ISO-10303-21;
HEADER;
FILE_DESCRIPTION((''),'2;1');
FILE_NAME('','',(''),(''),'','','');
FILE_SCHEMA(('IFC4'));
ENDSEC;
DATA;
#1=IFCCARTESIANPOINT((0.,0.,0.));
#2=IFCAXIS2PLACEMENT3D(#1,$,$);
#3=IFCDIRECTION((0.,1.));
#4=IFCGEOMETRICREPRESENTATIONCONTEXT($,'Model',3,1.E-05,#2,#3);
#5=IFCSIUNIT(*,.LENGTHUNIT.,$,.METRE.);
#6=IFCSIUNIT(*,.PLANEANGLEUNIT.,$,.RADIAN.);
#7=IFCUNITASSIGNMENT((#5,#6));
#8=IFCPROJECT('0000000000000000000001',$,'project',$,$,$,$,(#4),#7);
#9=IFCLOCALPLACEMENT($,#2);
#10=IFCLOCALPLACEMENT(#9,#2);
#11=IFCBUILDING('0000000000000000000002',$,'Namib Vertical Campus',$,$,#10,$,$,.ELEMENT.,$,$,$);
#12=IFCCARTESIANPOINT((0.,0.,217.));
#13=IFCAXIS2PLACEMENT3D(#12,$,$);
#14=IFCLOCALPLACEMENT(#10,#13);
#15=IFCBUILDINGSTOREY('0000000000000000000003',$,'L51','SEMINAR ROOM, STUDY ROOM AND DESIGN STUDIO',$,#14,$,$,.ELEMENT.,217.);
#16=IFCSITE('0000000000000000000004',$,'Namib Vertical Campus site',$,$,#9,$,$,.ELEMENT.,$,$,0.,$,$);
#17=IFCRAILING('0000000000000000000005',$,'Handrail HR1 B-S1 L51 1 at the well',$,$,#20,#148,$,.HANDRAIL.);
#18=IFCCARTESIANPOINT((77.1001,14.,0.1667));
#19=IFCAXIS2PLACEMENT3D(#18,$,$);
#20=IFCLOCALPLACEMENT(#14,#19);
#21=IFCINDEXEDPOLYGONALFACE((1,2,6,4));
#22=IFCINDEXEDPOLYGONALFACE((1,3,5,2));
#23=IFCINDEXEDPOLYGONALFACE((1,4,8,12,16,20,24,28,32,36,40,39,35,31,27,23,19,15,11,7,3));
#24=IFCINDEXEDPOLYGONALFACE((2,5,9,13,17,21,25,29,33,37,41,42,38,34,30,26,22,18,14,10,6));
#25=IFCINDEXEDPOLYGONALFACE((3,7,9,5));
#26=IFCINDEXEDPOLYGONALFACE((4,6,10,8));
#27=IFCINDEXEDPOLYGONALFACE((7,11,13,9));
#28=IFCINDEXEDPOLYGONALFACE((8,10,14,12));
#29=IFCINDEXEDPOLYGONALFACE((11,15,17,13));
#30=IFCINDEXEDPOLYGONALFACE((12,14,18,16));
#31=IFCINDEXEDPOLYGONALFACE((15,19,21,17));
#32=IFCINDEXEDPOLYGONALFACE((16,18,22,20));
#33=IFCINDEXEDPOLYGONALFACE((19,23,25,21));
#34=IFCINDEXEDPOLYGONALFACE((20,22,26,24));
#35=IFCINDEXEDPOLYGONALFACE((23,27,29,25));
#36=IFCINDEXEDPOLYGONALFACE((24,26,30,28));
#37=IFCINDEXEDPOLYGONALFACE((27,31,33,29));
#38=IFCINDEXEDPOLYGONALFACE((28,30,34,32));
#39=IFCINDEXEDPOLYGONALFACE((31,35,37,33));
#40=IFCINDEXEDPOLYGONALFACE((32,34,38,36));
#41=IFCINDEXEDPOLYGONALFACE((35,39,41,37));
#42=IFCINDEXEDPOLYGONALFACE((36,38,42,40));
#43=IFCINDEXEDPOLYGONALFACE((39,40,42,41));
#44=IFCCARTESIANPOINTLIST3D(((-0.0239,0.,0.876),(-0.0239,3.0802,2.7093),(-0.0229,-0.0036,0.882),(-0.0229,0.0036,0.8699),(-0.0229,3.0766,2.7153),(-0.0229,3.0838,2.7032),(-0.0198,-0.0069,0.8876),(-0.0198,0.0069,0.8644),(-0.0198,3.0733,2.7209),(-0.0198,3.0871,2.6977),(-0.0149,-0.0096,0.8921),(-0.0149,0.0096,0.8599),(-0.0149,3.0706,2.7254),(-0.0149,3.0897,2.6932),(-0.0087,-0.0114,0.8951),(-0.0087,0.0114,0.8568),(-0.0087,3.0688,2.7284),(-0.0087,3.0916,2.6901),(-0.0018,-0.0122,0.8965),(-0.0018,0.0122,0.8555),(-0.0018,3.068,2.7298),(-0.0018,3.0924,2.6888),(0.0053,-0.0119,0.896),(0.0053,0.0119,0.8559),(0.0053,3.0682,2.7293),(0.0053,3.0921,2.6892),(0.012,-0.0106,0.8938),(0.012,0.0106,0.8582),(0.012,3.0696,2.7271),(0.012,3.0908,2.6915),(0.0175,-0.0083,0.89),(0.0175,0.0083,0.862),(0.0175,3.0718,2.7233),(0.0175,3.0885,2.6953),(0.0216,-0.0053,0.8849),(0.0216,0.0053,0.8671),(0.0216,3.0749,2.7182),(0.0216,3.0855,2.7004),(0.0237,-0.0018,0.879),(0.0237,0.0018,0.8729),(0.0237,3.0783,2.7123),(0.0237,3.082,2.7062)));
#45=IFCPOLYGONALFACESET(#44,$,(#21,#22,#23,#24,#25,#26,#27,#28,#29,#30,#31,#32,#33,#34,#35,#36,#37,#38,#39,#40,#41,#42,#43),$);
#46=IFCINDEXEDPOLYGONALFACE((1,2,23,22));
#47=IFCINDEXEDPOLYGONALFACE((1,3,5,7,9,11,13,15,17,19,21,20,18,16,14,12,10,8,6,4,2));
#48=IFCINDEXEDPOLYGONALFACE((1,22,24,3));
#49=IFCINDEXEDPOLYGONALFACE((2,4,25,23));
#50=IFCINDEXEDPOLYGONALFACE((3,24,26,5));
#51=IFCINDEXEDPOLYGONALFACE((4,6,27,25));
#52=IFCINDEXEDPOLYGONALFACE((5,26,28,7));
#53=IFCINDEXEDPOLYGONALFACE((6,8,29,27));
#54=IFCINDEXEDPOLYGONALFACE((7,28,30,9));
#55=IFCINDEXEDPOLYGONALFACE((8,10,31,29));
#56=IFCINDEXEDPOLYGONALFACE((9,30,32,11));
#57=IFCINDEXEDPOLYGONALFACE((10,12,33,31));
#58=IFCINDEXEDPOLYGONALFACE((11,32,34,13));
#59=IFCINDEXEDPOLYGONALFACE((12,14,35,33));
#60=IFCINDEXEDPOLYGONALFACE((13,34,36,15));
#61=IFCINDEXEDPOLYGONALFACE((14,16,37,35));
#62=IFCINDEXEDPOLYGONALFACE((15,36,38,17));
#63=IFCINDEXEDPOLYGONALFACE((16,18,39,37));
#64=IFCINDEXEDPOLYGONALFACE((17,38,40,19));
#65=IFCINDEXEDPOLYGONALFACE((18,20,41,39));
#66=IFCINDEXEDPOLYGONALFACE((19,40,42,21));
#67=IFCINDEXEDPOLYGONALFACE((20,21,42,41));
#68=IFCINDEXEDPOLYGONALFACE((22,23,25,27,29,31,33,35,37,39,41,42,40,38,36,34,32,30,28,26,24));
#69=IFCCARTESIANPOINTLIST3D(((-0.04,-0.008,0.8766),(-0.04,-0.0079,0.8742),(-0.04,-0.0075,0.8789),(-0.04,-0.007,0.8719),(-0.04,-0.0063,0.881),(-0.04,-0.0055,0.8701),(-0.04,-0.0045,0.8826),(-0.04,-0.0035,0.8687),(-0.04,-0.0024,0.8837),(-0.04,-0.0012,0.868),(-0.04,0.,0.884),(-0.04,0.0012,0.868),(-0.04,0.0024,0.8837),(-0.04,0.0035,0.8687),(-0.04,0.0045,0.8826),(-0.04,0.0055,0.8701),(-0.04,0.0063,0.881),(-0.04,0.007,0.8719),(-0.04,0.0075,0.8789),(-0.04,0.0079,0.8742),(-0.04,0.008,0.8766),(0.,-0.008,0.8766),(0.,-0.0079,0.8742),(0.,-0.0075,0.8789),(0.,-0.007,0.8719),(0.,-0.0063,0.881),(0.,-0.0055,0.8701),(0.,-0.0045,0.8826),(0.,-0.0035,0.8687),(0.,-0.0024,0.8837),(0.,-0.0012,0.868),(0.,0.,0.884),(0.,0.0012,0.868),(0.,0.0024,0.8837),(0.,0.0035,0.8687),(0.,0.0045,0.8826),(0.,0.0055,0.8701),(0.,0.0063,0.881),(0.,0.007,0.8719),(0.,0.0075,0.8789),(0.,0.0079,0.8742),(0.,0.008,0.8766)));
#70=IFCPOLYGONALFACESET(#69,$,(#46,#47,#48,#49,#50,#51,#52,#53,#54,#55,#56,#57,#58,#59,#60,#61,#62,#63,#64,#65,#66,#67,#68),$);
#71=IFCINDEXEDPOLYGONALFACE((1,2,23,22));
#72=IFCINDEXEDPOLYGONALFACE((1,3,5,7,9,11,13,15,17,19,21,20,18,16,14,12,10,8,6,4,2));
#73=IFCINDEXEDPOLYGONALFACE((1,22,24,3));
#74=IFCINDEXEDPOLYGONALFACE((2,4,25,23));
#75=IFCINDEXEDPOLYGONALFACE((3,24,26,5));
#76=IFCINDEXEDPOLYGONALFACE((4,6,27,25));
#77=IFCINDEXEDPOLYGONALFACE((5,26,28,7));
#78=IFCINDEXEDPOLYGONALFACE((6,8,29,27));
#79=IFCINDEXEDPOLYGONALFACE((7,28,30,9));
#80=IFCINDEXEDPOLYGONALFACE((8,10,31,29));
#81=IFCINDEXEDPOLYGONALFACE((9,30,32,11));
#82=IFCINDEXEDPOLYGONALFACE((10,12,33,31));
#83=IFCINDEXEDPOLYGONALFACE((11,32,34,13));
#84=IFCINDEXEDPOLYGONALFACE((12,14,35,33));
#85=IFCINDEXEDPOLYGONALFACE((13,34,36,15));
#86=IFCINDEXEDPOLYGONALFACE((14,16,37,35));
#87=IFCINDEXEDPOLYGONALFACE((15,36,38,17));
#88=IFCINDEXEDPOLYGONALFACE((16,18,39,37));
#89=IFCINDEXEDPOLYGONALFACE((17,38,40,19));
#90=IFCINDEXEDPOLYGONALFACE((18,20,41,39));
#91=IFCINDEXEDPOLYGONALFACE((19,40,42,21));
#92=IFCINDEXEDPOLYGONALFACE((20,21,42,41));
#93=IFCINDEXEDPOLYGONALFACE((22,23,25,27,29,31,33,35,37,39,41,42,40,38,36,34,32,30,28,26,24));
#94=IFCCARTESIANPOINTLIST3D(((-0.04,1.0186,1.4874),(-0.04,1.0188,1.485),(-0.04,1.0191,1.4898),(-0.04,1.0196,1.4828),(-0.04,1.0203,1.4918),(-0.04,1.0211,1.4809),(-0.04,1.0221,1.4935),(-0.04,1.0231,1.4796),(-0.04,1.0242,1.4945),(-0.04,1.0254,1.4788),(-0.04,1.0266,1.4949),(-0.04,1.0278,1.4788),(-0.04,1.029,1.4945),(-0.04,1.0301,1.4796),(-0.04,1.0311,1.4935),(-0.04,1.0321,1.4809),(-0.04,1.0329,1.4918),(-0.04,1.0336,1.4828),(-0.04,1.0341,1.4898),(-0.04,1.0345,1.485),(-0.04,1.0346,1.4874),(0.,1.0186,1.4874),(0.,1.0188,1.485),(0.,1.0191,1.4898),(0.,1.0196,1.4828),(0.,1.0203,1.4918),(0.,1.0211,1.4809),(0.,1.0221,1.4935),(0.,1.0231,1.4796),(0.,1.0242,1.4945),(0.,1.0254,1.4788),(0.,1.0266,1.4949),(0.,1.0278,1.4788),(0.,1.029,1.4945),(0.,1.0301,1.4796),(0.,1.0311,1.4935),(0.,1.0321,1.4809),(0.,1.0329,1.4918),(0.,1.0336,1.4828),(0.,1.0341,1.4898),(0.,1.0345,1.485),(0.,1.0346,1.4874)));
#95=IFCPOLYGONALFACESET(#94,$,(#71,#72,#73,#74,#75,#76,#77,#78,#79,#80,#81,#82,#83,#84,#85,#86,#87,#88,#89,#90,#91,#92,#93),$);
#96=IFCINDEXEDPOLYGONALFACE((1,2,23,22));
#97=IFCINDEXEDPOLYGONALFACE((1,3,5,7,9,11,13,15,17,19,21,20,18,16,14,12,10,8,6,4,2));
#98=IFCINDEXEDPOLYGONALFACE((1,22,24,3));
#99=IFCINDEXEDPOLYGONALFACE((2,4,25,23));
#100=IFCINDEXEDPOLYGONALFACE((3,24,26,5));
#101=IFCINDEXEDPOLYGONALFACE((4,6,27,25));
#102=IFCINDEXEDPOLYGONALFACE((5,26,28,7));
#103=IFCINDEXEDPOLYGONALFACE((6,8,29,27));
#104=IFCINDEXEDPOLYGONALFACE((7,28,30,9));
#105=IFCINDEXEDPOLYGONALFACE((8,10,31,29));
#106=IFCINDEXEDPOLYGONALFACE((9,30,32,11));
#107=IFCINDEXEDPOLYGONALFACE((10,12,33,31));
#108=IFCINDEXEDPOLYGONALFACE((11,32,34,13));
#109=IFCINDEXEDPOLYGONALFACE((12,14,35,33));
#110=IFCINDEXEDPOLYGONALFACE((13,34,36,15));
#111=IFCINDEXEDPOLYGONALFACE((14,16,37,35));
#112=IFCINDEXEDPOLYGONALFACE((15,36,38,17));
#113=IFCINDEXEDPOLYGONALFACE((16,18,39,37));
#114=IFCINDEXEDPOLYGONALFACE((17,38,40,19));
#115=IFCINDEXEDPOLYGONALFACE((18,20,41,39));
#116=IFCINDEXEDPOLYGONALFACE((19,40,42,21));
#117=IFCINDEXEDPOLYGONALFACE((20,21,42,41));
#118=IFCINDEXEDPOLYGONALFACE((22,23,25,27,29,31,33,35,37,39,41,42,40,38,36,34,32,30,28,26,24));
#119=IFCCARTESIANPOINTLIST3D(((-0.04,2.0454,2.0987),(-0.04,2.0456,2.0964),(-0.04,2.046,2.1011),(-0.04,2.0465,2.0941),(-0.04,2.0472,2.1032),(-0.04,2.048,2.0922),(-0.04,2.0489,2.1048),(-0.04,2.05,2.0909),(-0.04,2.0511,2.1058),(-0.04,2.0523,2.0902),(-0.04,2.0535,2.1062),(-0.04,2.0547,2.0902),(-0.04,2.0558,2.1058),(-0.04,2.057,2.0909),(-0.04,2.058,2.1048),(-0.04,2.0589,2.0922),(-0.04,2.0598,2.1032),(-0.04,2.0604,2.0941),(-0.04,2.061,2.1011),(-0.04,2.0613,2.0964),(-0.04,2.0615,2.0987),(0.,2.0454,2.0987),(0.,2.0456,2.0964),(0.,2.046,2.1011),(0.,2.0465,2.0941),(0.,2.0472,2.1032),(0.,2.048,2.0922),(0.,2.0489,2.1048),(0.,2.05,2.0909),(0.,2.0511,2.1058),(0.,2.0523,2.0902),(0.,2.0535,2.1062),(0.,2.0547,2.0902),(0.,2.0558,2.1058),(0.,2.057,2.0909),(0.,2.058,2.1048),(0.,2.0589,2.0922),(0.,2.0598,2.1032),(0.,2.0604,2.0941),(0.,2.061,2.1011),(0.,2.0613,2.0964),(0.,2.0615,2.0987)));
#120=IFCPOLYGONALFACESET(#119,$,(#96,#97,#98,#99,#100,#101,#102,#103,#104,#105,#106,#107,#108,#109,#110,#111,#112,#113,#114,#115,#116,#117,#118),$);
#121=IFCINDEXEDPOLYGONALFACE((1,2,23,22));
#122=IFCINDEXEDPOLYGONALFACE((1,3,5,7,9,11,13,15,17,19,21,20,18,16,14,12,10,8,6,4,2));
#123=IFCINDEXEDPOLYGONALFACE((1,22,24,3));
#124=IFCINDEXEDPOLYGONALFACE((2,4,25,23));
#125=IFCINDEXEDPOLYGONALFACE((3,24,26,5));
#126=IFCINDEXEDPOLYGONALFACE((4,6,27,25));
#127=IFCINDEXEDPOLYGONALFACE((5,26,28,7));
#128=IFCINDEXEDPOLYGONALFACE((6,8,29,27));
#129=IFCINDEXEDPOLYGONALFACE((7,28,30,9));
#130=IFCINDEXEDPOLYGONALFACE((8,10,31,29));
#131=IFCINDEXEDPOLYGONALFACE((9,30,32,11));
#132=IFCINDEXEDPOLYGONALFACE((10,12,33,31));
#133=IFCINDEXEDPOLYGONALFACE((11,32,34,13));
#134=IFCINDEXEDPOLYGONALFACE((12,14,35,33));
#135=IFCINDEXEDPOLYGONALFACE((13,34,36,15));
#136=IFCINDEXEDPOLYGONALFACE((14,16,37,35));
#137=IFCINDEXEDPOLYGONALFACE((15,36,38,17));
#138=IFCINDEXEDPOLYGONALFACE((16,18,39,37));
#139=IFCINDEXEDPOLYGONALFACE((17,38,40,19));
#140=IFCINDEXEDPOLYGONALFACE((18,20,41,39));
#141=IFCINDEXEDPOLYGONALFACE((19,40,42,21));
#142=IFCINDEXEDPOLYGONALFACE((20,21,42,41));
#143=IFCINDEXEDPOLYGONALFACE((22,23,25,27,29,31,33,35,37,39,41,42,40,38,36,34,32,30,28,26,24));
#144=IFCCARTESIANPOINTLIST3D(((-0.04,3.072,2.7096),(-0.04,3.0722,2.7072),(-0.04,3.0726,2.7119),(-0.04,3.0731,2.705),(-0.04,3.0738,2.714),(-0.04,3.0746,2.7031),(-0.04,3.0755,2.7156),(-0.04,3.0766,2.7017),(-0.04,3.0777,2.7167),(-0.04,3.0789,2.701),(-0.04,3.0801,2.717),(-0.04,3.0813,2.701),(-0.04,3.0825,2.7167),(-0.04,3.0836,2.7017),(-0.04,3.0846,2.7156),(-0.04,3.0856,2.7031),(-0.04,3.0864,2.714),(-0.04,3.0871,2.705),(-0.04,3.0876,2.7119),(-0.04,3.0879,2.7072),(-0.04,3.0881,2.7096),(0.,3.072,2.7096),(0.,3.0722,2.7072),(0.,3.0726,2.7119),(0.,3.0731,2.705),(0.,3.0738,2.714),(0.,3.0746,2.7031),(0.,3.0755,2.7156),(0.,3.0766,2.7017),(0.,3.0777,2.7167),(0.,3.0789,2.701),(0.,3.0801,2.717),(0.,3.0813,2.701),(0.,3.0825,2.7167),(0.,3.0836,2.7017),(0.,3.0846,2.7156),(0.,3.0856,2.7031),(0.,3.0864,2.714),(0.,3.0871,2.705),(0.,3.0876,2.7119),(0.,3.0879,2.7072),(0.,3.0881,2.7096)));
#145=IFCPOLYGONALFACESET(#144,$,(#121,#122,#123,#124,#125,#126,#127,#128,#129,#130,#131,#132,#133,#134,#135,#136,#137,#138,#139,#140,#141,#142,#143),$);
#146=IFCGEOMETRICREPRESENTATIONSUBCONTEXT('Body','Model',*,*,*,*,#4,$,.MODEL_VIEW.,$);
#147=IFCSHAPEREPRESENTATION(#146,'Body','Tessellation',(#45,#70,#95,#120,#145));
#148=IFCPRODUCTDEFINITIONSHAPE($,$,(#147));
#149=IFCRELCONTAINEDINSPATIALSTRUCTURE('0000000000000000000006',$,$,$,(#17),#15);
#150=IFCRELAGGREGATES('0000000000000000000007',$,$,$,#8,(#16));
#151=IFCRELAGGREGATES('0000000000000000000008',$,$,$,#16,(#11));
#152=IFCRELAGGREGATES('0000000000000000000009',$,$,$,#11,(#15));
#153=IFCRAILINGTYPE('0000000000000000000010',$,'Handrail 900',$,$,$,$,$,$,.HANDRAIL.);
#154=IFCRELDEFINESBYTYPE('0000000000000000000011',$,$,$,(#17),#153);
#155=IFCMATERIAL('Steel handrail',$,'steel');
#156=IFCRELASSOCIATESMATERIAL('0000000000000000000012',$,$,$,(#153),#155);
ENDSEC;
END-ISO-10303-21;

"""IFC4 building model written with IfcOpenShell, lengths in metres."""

from ifc_helpers import new_model, si_unit, direction, frame, origin, origin_2d, place, context, subcontext, project, spatial, circle, extrude, material, type_object, element, save


model = new_model("IFC4")

# Units and contexts
model_context = context("Model", 3, precision=1e-05, world=origin(), true_north=direction((0.0, 1.0)))
body_context = subcontext(model_context, "Body", "Model", "MODEL_VIEW")
ifc_project = project(units=[si_unit("LENGTHUNIT", "METRE"), si_unit("PLANEANGLEUNIT", "RADIAN")], contexts=[model_context])

# Site, building, storey
site_placement = place(None, origin())
site = spatial("IfcSite", under=ifc_project, at=site_placement, Name="Namib Vertical Campus site", CompositionType="ELEMENT", RefElevation=0.0)
building_placement = place(site_placement, origin())
building = spatial("IfcBuilding", under=site, at=building_placement, Name="Namib Vertical Campus", CompositionType="ELEMENT")
storey_placement = place(building_placement, frame((0.0, 0.0, 217.0)))
storey = spatial("IfcBuildingStorey", under=building, at=storey_placement, Name="L51", Description="SEMINAR ROOM, STUDY ROOM AND DESIGN STUDIO", CompositionType="ELEMENT", Elevation=217.0)

# Railing
ifc_material_1 = material(Name="Steel handrail", Category="steel")
railing_type_1 = type_object("IfcRailingType", Name="Handrail 900", PredefinedType="HANDRAIL", material=ifc_material_1)
railing_1_placement = place(storey_placement, frame((77.1001, 14.0, 0.1667)))
element("IfcRailing", 1, at=railing_1_placement, inside=storey, type_object=railing_type_1, Name="Handrail HR1 B-S1 L51 1 at the well", PredefinedType="HANDRAIL", context=body_context, shape_type="SweptSolid", body=[
    extrude(circle(Radius=0.0239, at=origin_2d()), frame((0.0, 0.0, 0.876), z_axis=(0.0, 0.859309, 0.511458), x_axis=(-1.0, 0.0, 0.0)), (0.0, 0.0, 1.0), 3.5845),
    extrude(circle(Radius=0.0081, at=origin_2d()), frame((0.0, 0.0, 0.876), z_axis=(-1.0, 0.0, 0.0), x_axis=(0.0, 0.0, 1.0)), (0.0, 0.0, 1.0), 0.04),
    extrude(circle(Radius=0.0081, at=origin_2d()), frame((0.0, 1.0266, 1.4868), z_axis=(-1.0, 0.0, 0.0), x_axis=(0.0, 0.0, 1.0)), (0.0, 0.0, 1.0), 0.04),
    extrude(circle(Radius=0.0081, at=origin_2d()), frame((0.0, 2.0535, 2.0981), z_axis=(-1.0, 0.0, 0.0), x_axis=(0.0, 0.0, 1.0)), (0.0, 0.0, 1.0), 0.04),
    extrude(circle(Radius=0.0081, at=origin_2d()), frame((0.0, 3.0801, 2.709), z_axis=(-1.0, 0.0, 0.0), x_axis=(0.0, 0.0, 1.0)), (0.0, 0.0, 1.0), 0.04),
])

save(model, "model.ifc")
